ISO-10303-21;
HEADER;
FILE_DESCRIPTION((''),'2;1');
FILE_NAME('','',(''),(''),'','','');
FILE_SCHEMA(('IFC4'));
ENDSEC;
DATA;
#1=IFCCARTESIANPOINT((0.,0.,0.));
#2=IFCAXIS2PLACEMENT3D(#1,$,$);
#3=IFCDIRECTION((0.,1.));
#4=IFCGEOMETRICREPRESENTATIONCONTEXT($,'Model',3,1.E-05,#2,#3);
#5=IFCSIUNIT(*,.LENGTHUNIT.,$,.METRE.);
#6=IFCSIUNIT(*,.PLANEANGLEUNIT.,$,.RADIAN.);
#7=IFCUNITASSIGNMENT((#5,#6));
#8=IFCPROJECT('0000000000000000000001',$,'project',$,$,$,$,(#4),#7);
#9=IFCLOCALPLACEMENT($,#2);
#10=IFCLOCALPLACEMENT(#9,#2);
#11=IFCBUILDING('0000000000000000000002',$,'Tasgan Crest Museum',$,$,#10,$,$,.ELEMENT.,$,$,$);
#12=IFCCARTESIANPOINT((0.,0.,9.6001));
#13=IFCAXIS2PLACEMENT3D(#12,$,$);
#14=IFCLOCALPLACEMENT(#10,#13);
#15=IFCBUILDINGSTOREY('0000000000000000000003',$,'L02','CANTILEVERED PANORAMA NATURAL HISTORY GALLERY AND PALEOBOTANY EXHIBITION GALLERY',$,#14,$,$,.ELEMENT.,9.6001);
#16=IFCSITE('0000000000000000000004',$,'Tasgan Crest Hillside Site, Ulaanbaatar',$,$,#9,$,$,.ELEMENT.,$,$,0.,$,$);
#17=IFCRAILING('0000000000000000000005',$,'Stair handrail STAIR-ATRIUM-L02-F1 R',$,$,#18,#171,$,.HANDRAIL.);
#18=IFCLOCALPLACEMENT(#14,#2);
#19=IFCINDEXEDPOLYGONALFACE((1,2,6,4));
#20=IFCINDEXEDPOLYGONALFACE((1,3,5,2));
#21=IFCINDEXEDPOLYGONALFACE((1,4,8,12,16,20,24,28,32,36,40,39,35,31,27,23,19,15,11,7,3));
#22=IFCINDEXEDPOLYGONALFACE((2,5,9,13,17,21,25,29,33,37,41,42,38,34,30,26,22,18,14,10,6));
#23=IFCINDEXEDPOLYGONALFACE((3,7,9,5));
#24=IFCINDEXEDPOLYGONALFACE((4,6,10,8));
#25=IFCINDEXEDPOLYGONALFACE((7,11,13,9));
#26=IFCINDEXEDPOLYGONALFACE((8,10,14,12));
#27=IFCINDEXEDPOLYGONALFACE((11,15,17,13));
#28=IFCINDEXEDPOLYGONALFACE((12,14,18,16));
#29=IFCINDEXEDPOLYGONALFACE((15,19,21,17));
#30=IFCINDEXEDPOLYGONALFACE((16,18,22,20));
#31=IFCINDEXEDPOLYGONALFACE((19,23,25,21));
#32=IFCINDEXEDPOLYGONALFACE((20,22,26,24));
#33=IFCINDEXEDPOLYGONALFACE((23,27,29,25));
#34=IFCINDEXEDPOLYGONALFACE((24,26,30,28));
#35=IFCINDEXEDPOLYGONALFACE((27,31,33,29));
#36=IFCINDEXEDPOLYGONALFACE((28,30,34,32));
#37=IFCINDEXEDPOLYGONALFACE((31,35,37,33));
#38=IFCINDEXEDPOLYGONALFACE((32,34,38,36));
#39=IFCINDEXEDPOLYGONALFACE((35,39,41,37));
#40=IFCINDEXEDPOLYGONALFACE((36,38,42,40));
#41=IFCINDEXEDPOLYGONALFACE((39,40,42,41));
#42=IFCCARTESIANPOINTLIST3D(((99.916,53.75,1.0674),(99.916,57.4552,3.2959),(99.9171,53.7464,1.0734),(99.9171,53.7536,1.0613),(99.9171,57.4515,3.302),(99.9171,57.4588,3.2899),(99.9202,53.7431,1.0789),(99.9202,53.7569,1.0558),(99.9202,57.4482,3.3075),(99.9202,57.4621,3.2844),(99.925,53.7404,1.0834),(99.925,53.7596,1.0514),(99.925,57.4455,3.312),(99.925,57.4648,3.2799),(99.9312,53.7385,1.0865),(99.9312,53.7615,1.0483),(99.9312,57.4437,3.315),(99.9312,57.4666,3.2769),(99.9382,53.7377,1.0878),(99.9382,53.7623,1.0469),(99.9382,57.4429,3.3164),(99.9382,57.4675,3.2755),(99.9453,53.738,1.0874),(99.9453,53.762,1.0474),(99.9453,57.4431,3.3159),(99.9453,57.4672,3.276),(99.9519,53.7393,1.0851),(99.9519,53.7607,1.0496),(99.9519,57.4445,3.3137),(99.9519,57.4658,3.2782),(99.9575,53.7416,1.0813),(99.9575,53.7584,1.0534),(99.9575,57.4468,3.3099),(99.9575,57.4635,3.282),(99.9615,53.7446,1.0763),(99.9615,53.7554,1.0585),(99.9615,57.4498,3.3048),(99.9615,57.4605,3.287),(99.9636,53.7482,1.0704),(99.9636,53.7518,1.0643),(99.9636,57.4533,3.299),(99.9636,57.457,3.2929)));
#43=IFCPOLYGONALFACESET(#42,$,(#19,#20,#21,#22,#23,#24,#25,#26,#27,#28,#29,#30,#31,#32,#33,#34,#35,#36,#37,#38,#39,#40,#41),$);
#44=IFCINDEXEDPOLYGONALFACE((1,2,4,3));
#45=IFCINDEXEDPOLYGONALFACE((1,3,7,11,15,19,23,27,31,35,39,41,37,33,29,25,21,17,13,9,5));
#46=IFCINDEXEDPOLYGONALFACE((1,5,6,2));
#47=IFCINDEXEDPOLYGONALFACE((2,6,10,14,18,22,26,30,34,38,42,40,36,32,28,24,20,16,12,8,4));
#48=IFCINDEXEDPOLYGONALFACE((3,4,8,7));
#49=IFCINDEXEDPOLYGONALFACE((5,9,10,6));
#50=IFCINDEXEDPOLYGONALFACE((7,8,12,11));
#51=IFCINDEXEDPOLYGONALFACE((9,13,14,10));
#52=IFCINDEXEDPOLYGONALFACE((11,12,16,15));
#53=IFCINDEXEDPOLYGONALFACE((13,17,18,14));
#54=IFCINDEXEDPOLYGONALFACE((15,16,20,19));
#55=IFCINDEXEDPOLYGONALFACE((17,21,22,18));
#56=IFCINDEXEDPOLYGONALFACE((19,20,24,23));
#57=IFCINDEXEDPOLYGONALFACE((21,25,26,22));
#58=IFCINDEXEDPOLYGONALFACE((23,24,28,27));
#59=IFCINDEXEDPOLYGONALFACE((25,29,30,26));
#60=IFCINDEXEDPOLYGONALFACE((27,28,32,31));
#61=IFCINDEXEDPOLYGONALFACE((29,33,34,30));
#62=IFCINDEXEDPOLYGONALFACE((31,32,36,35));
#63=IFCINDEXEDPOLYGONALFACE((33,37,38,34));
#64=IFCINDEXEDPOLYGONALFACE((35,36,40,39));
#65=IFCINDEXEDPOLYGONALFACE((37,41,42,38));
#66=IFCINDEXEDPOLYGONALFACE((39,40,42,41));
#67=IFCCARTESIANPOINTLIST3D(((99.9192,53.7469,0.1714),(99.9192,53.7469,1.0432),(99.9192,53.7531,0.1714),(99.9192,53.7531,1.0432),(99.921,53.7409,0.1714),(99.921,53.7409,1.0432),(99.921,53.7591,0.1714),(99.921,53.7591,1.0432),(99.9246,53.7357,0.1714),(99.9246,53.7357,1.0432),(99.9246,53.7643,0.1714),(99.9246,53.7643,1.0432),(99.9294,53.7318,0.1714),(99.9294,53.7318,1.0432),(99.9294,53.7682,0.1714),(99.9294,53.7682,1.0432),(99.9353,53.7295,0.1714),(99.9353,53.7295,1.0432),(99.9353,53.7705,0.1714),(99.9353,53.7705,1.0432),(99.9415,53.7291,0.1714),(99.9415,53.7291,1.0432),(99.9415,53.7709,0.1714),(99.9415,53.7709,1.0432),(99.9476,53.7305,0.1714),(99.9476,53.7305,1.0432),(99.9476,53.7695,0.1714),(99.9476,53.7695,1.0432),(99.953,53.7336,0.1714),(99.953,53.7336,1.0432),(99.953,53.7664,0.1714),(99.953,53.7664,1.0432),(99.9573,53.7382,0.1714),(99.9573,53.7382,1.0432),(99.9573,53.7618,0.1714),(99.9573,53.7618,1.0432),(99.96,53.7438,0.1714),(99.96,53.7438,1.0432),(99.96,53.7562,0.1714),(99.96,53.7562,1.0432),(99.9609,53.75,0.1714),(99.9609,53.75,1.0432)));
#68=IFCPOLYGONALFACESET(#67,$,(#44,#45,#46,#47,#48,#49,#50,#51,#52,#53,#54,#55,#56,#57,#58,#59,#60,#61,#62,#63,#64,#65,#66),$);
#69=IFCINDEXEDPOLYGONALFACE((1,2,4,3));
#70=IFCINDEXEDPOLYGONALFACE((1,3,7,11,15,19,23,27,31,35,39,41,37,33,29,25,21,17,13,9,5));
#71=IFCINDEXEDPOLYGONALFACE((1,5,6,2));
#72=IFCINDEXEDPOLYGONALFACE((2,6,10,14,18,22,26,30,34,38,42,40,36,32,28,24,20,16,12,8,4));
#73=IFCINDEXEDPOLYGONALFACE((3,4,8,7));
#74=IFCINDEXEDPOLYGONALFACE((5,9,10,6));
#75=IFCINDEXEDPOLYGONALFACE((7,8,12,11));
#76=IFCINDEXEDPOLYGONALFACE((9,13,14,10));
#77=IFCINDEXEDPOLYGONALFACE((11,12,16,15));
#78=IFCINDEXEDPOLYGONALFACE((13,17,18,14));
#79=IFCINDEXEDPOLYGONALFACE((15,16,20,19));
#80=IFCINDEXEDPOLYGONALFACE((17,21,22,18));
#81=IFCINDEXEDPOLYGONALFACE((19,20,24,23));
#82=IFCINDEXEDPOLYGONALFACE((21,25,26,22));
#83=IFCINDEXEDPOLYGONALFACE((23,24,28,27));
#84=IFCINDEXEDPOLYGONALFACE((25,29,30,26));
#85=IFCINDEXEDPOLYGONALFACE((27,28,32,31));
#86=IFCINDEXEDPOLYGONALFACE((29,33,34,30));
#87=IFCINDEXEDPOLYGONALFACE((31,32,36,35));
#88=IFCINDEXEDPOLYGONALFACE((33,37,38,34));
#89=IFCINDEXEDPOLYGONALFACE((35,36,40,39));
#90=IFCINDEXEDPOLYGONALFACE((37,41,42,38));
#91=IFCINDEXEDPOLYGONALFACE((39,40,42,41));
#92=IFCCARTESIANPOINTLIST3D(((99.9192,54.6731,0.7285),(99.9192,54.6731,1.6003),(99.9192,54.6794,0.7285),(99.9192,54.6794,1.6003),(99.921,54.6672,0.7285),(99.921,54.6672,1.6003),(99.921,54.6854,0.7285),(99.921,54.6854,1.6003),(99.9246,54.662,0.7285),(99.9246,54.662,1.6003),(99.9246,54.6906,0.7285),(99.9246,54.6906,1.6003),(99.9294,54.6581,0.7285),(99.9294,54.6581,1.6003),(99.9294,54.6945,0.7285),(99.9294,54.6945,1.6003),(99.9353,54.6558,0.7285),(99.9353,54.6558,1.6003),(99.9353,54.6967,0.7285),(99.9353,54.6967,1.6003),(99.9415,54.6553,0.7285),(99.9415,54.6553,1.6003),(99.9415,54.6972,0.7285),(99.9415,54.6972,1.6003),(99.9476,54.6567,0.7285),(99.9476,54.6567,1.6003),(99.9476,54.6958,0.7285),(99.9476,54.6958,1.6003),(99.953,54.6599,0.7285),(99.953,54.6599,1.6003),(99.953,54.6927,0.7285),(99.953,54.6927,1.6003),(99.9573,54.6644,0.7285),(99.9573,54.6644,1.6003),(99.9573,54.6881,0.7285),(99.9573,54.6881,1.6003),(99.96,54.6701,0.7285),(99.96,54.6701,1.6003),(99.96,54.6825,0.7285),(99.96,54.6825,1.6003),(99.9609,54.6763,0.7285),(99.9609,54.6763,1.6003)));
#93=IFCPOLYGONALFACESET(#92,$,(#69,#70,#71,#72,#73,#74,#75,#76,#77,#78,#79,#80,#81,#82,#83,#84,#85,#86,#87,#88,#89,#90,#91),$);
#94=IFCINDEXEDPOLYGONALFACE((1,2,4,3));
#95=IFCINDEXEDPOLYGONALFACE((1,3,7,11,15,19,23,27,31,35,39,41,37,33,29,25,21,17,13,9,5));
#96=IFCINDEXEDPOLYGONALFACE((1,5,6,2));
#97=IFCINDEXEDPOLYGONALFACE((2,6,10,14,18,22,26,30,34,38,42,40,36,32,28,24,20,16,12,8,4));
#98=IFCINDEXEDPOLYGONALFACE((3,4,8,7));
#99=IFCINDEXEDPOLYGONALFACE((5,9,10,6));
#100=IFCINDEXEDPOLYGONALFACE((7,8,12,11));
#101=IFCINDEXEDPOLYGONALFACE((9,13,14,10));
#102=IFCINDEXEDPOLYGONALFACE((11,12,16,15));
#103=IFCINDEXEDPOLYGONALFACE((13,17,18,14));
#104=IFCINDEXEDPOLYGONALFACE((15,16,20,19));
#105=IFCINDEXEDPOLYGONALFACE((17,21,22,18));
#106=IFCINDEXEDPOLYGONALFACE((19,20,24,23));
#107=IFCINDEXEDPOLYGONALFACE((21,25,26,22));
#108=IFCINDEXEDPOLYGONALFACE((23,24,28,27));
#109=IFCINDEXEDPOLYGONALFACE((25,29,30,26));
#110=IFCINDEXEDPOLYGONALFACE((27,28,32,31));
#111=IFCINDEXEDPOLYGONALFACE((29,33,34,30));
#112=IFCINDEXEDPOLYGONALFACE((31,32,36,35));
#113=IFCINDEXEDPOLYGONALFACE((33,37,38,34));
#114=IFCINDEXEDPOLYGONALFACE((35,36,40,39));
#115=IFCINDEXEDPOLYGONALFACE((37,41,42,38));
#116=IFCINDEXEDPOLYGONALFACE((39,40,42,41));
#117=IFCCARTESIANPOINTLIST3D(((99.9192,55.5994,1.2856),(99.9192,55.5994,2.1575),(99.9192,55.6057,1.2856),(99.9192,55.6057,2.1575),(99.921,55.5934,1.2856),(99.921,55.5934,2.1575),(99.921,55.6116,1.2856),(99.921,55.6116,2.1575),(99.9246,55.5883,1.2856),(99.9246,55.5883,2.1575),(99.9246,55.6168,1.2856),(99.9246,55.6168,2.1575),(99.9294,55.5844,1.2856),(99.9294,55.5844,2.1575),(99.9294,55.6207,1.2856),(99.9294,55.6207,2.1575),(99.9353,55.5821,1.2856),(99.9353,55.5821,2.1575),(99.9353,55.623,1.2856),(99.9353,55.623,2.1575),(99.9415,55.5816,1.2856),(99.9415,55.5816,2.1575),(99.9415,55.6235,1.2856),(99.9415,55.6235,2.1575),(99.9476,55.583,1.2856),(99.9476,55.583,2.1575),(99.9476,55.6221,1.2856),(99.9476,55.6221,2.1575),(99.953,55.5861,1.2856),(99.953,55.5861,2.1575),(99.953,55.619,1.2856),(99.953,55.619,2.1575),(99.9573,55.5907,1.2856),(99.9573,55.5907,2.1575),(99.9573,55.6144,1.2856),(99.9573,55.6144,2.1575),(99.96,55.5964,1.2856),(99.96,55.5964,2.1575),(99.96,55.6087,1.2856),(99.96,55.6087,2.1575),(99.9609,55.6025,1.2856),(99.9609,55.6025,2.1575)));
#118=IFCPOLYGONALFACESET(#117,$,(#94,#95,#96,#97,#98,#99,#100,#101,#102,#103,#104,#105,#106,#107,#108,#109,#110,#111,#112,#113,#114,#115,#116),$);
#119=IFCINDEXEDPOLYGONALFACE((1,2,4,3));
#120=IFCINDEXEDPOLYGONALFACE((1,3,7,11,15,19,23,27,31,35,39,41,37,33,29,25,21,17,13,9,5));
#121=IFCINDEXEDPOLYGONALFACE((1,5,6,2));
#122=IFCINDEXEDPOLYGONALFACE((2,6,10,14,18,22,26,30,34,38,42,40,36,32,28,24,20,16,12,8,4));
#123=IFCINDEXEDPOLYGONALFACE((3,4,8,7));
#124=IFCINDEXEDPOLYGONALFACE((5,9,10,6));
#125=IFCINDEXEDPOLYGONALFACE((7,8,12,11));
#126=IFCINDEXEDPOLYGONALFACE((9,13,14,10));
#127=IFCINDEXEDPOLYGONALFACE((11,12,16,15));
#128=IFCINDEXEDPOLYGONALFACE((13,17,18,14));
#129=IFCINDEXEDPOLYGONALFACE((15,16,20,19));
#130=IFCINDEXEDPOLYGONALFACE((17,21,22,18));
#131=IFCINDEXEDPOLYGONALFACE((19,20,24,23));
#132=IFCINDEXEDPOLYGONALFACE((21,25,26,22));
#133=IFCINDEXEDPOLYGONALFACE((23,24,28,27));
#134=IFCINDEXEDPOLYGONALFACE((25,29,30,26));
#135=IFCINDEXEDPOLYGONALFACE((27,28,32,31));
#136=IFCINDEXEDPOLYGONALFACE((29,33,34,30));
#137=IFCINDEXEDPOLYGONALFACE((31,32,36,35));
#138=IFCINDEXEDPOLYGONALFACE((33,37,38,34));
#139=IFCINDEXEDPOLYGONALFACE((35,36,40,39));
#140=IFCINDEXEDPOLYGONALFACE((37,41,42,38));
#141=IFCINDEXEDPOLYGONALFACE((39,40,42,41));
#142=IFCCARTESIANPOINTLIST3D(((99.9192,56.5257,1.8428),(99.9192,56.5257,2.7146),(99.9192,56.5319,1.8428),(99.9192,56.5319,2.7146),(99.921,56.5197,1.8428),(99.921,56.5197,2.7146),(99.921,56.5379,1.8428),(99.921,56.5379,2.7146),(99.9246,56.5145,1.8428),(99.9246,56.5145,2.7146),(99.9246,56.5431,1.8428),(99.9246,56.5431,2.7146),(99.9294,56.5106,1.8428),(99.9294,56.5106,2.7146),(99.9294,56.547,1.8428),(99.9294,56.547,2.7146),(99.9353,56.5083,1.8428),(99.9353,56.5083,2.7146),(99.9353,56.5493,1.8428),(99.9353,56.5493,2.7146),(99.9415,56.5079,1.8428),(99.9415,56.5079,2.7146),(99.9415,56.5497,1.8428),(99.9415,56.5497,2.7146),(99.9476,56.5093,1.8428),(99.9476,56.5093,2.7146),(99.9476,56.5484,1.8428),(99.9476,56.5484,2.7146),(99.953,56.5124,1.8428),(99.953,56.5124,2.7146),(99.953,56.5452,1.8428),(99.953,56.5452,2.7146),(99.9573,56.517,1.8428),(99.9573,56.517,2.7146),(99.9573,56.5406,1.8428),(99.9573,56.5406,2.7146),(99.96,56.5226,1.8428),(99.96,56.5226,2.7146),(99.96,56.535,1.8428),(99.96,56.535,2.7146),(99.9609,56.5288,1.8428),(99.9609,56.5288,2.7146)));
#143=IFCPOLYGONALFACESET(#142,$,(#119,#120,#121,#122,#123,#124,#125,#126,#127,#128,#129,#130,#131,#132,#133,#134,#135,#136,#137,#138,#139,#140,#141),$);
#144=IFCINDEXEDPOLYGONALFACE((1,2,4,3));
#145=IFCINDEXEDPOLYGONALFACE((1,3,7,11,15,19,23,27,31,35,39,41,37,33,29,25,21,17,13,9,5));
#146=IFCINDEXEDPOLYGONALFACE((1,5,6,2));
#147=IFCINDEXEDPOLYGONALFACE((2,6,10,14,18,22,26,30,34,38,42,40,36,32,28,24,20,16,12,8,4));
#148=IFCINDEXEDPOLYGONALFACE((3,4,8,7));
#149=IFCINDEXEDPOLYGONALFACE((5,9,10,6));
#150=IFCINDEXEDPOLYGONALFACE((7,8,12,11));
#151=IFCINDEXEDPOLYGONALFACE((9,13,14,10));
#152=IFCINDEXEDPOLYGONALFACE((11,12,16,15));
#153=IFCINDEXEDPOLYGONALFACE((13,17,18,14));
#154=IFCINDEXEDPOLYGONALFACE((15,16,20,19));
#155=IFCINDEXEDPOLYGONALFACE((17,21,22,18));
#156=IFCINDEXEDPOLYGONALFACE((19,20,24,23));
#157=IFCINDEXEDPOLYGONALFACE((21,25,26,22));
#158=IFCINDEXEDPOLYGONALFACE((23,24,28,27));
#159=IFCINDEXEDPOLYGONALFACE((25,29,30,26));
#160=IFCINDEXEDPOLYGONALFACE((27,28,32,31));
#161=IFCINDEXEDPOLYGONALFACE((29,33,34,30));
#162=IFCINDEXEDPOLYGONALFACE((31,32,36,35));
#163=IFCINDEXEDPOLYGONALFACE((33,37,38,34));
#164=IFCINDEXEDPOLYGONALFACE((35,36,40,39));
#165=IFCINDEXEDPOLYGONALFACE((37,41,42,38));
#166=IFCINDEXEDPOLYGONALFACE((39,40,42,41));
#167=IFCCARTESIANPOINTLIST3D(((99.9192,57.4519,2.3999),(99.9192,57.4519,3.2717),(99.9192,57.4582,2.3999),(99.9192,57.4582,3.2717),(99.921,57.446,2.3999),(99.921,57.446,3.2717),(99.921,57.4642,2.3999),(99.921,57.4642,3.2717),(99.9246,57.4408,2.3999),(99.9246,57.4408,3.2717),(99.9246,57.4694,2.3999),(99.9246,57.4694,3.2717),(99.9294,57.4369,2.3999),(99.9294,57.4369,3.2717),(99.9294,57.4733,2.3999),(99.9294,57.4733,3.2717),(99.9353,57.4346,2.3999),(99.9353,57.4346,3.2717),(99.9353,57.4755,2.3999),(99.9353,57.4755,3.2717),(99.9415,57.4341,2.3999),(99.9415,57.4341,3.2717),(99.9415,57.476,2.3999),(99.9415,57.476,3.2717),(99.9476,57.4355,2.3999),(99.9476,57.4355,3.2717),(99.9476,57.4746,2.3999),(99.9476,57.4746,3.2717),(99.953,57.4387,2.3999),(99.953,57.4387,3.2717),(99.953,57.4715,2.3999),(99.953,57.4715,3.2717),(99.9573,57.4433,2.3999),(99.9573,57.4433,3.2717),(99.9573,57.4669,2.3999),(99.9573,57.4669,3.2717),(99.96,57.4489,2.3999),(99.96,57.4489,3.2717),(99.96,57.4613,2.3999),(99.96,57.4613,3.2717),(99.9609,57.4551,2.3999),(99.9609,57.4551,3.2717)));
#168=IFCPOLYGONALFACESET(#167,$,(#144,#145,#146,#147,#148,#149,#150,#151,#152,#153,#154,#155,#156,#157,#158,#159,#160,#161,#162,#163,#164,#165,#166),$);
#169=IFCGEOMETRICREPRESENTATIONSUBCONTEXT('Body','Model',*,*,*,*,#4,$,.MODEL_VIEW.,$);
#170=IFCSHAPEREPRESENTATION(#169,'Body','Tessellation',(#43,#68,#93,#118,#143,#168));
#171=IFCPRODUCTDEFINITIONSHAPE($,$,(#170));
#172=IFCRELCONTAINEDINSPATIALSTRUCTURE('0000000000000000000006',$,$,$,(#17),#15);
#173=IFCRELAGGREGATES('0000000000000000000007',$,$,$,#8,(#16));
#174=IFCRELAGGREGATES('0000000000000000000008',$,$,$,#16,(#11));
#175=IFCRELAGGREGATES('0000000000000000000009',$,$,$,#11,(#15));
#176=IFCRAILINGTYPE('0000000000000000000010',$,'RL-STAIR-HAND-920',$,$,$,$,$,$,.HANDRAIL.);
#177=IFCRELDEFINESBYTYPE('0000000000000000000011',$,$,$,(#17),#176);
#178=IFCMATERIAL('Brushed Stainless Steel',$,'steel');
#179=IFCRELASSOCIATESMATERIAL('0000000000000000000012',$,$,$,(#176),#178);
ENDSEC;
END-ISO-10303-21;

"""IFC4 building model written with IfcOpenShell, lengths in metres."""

from ifc_helpers import new_model, si_unit, direction, frame, origin, origin_2d, place, context, subcontext, project, spatial, circle, extrude, material, type_object, element, save


model = new_model("IFC4")

# Units and contexts
model_context = context("Model", 3, precision=1e-05, world=origin(), true_north=direction((0.0, 1.0)))
body_context = subcontext(model_context, "Body", "Model", "MODEL_VIEW")
ifc_project = project(units=[si_unit("LENGTHUNIT", "METRE"), si_unit("PLANEANGLEUNIT", "RADIAN")], contexts=[model_context])

# Site, building, storey
site_placement = place(None, origin())
site = spatial("IfcSite", under=ifc_project, at=site_placement, Name="Tasgan Crest Hillside Site, Ulaanbaatar", CompositionType="ELEMENT", RefElevation=0.0)
building_placement = place(site_placement, origin())
building = spatial("IfcBuilding", under=site, at=building_placement, Name="Tasgan Crest Museum", CompositionType="ELEMENT")
storey_placement = place(building_placement, frame((0.0, 0.0, 9.6001)))
storey = spatial("IfcBuildingStorey", under=building, at=storey_placement, Name="L02", Description="CANTILEVERED PANORAMA NATURAL HISTORY GALLERY AND PALEOBOTANY EXHIBITION GALLERY", CompositionType="ELEMENT", Elevation=9.6001)

# Railing
ifc_material_1 = material(Name="Brushed Stainless Steel", Category="steel")
railing_type_1 = type_object("IfcRailingType", Name="RL-STAIR-HAND-920", PredefinedType="HANDRAIL", material=ifc_material_1)
railing_1_placement = place(storey_placement, frame((99.9399, 53.75, 0.1714)))
element("IfcRailing", 1, at=railing_1_placement, inside=storey, type_object=railing_type_1, Name="Stair handrail STAIR-ATRIUM-L02-F1 R", PredefinedType="HANDRAIL", context=body_context, shape_type="SweptSolid", body=[
    extrude(circle(Radius=0.0239, at=origin_2d()), frame((0.0, 0.0, 0.896), z_axis=(0.0, 0.856934, 0.515425), x_axis=(-1.0, 0.0, 0.0)), (0.0, 0.0, 1.0), 4.3237),
    extrude(circle(Radius=0.021, at=origin_2d()), origin(), (0.0, 0.0, 1.0), 0.8718),
    extrude(circle(Radius=0.021, at=origin_2d()), frame((0.0, 0.9263, 0.5571)), (0.0, 0.0, 1.0), 0.8718),
    extrude(circle(Radius=0.021, at=origin_2d()), frame((0.0, 1.8525, 1.1143)), (0.0, 0.0, 1.0), 0.8718),
    extrude(circle(Radius=0.021, at=origin_2d()), frame((0.0, 2.7788, 1.6714)), (0.0, 0.0, 1.0), 0.8718),
    extrude(circle(Radius=0.021, at=origin_2d()), frame((0.0, 3.7051, 2.2285)), (0.0, 0.0, 1.0), 0.8718),
])

save(model, "model.ifc")
